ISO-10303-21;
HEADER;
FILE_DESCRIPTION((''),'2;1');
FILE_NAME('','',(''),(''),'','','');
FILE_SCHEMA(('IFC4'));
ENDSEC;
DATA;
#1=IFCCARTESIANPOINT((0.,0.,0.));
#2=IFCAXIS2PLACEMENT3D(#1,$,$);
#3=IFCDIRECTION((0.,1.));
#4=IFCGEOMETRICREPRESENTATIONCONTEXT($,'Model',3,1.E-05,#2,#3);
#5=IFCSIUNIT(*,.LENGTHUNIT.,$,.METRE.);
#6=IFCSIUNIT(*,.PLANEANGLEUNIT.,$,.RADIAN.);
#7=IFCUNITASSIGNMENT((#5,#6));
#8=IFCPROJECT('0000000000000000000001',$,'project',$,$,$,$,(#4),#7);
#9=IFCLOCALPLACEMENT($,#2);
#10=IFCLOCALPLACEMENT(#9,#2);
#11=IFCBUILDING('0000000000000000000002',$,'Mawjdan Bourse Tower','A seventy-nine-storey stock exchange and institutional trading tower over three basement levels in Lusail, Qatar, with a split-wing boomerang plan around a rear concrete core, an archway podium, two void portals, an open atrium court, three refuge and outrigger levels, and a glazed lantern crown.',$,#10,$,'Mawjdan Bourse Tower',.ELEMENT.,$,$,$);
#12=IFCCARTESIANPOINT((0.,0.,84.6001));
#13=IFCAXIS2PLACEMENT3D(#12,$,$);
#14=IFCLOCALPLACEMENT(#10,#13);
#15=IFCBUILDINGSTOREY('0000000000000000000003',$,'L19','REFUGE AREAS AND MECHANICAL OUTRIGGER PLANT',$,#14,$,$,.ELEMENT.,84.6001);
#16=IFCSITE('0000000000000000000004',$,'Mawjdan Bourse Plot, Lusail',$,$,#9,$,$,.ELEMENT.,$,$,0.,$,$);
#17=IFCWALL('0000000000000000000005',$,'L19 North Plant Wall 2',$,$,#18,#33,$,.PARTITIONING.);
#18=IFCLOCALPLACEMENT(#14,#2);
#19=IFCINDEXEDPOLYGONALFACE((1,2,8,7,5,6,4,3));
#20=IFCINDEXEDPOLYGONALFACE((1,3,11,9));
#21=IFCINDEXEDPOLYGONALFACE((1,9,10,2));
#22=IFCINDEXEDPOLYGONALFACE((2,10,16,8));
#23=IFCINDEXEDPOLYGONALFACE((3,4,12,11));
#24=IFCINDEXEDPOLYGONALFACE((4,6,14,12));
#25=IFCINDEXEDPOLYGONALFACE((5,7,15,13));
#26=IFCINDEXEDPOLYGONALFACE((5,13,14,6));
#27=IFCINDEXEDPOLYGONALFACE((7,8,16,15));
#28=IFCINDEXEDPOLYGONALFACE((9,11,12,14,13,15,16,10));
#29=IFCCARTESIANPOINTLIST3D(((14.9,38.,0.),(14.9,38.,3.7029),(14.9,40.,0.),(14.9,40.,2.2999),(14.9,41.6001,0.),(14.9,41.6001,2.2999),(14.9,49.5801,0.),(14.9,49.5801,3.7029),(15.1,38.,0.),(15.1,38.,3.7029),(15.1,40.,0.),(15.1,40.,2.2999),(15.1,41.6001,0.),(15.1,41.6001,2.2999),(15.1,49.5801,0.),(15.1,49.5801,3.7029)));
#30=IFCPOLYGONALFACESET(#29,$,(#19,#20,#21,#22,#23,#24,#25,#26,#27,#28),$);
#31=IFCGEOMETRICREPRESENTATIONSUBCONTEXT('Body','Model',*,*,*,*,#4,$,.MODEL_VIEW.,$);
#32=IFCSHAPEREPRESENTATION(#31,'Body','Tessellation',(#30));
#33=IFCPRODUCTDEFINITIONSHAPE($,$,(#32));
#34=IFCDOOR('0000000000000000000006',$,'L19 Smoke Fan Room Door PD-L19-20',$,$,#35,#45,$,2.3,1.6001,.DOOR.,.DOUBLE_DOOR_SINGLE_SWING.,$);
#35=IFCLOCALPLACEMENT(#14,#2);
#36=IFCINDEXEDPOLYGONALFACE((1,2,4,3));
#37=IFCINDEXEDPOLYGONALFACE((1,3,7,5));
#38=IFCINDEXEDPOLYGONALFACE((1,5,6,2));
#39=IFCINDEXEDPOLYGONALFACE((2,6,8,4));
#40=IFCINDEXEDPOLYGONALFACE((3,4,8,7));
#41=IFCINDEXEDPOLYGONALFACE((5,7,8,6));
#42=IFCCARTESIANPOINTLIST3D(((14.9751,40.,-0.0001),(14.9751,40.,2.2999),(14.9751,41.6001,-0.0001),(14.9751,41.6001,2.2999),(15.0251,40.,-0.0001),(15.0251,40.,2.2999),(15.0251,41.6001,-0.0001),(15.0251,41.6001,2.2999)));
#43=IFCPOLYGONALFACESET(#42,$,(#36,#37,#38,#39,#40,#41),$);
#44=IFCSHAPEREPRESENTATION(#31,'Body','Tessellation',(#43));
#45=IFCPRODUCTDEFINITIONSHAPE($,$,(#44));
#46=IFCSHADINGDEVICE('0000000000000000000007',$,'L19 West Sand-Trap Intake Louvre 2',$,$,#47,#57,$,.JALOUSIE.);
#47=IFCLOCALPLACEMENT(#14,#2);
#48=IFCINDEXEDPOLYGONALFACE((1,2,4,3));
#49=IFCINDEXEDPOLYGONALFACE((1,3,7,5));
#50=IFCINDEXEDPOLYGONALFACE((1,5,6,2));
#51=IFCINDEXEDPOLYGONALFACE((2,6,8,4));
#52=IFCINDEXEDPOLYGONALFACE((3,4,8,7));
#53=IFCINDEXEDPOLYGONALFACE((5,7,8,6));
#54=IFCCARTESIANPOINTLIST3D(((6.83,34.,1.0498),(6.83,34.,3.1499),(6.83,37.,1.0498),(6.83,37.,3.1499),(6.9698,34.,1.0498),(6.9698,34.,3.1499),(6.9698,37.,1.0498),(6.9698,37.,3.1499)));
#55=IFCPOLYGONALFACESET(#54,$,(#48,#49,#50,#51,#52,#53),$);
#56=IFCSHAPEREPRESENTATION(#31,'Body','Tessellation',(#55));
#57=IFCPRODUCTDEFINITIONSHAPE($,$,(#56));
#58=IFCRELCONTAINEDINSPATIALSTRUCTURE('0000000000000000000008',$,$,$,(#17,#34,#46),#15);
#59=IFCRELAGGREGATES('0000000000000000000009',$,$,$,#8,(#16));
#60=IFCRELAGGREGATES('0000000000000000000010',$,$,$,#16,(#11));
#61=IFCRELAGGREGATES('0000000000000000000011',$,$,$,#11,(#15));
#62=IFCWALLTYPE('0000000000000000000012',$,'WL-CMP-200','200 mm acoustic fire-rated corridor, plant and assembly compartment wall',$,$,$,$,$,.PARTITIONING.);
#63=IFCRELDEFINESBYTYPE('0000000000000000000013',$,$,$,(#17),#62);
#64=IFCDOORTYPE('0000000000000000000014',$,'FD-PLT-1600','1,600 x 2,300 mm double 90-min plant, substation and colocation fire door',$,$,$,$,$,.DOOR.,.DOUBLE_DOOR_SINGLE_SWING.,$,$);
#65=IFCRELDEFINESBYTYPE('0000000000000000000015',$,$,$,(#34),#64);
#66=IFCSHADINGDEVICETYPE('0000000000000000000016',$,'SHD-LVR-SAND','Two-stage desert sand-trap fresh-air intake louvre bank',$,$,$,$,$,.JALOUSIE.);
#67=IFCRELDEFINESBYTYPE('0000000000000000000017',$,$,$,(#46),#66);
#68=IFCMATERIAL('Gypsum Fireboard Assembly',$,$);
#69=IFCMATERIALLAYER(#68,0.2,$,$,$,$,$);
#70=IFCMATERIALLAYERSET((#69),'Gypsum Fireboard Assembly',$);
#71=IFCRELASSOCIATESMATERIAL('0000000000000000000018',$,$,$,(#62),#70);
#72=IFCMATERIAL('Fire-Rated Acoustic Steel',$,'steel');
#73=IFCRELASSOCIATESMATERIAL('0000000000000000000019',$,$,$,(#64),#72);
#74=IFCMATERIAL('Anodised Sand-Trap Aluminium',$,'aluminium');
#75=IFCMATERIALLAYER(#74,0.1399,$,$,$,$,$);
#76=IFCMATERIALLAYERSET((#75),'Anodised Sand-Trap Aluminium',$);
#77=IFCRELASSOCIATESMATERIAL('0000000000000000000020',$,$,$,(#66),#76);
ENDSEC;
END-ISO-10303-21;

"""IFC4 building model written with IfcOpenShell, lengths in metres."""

from ifc_helpers import new_model, si_unit, direction, frame, frame_2d, origin, origin_2d, place, context, subcontext, project, spatial, rectangle, extrude, material, layer, layer_set, type_object, element, fill, save


model = new_model("IFC4")

# Units and contexts
model_context = context("Model", 3, precision=1e-05, world=origin(), true_north=direction((0.0, 1.0)))
body_context = subcontext(model_context, "Body", "Model", "MODEL_VIEW")
ifc_project = project(units=[si_unit("LENGTHUNIT", "METRE"), si_unit("PLANEANGLEUNIT", "RADIAN")], contexts=[model_context])

# Site, building, storey
site_placement = place(None, origin())
site = spatial("IfcSite", under=ifc_project, at=site_placement, Name="Mawjdan Bourse Plot, Lusail", CompositionType="ELEMENT", RefElevation=0.0)
building_placement = place(site_placement, origin())
building = spatial("IfcBuilding", under=site, at=building_placement, Name="Mawjdan Bourse Tower", Description="A seventy-nine-storey stock exchange and institutional trading tower over three basement levels in Lusail, Qatar, with a split-wing boomerang plan around a rear concrete core, an archway podium, two void portals, an open atrium court, three refuge and outrigger levels, and a glazed lantern crown.", LongName="Mawjdan Bourse Tower", CompositionType="ELEMENT")
storey_placement = place(building_placement, frame((0.0, 0.0, 84.6001)))
storey = spatial("IfcBuildingStorey", under=building, at=storey_placement, Name="L19", Description="REFUGE AREAS AND MECHANICAL OUTRIGGER PLANT", CompositionType="ELEMENT", Elevation=84.6001)

# Shared definitions
ifc_material_1 = material(Name="Gypsum Fireboard Assembly")
ifc_layer_1 = layer(ifc_material_1, 0.2)
ifc_layer_set_1 = layer_set([ifc_layer_1], Name="Gypsum Fireboard Assembly")
wall_type_1 = type_object("IfcWallType", Name="WL-CMP-200", Description="200 mm acoustic fire-rated corridor, plant and assembly compartment wall", PredefinedType="PARTITIONING", material=ifc_layer_set_1)

# Wall, opening, door
wall_1_placement = place(storey_placement, frame((15.0, 38.0, 0.0), z_axis=(0.0, 0.0, 1.0), x_axis=(0.0, 1.0, 0.0)))
wall_1 = element("IfcWall", 1, at=wall_1_placement, inside=storey, type_object=wall_type_1, Name="L19 North Plant Wall 2", PredefinedType="PARTITIONING", context=body_context, shape_type="SweptSolid", body=[
    extrude(rectangle(XDim=11.5801, YDim=0.2, at=frame_2d((5.79, 0.0))), origin(), (0.0, 0.0, 1.0), 3.7029),
])
opening_placement = place(wall_1_placement, frame((2.0, 0.0, 0.0)))
opening = element("IfcOpeningElement", 2, at=opening_placement, cuts=wall_1, PredefinedType="OPENING", context=body_context, shape_type="SweptSolid", body=[
    extrude(rectangle(XDim=1.6001, YDim=2.3, at=frame_2d((0.8, 1.1499))), frame((0.0, 0.1099, 0.0), z_axis=(0.0, -1.0, 0.0), x_axis=(1.0, 0.0, 0.0)), (0.0, 0.0, 1.0), 0.22),
])
ifc_material_2 = material(Name="Fire-Rated Acoustic Steel", Category="steel")
door_type = type_object("IfcDoorType", Name="FD-PLT-1600", Description="1,600 x 2,300 mm double 90-min plant, substation and colocation fire door", OperationType="DOUBLE_DOOR_SINGLE_SWING", PredefinedType="DOOR", material=ifc_material_2)
door_placement = place(opening_placement, origin())
door = element("IfcDoor", 3, at=door_placement, inside=storey, type_object=door_type, Name="L19 Smoke Fan Room Door PD-L19-20", OperationType="DOUBLE_DOOR_SINGLE_SWING", OverallHeight=2.3, OverallWidth=1.6001, PredefinedType="DOOR", context=body_context, shape_type="SweptSolid", body=[
    extrude(rectangle(XDim=1.6001, YDim=2.3, at=frame_2d((0.8, 1.1499))), frame((0.0, 0.0249, 0.0), z_axis=(0.0, -1.0, 0.0), x_axis=(1.0, 0.0, 0.0)), (0.0, 0.0, 1.0), 0.05),
])
fill(opening, door)

# Shading device
ifc_material_3 = material(Name="Anodised Sand-Trap Aluminium", Category="aluminium")
ifc_layer_2 = layer(ifc_material_3, 0.1399)
ifc_layer_set_2 = layer_set([ifc_layer_2], Name="Anodised Sand-Trap Aluminium")
shading_device_type = type_object("IfcShadingDeviceType", Name="SHD-LVR-SAND", Description="Two-stage desert sand-trap fresh-air intake louvre bank", PredefinedType="JALOUSIE", material=ifc_layer_set_2)
shading_device_placement = place(storey_placement, frame((6.8999, 35.5, 1.0498), z_axis=(0.0, 0.0, 1.0), x_axis=(1.0, 0.0, 0.0)))
element("IfcShadingDevice", 4, at=shading_device_placement, inside=storey, type_object=shading_device_type, Name="L19 West Sand-Trap Intake Louvre 2", PredefinedType="JALOUSIE", context=body_context, shape_type="SweptSolid", body=[
    extrude(rectangle(XDim=0.1399, YDim=3.0, at=origin_2d()), origin(), (0.0, 0.0, 1.0), 2.1001),
])

save(model, "model.ifc")
